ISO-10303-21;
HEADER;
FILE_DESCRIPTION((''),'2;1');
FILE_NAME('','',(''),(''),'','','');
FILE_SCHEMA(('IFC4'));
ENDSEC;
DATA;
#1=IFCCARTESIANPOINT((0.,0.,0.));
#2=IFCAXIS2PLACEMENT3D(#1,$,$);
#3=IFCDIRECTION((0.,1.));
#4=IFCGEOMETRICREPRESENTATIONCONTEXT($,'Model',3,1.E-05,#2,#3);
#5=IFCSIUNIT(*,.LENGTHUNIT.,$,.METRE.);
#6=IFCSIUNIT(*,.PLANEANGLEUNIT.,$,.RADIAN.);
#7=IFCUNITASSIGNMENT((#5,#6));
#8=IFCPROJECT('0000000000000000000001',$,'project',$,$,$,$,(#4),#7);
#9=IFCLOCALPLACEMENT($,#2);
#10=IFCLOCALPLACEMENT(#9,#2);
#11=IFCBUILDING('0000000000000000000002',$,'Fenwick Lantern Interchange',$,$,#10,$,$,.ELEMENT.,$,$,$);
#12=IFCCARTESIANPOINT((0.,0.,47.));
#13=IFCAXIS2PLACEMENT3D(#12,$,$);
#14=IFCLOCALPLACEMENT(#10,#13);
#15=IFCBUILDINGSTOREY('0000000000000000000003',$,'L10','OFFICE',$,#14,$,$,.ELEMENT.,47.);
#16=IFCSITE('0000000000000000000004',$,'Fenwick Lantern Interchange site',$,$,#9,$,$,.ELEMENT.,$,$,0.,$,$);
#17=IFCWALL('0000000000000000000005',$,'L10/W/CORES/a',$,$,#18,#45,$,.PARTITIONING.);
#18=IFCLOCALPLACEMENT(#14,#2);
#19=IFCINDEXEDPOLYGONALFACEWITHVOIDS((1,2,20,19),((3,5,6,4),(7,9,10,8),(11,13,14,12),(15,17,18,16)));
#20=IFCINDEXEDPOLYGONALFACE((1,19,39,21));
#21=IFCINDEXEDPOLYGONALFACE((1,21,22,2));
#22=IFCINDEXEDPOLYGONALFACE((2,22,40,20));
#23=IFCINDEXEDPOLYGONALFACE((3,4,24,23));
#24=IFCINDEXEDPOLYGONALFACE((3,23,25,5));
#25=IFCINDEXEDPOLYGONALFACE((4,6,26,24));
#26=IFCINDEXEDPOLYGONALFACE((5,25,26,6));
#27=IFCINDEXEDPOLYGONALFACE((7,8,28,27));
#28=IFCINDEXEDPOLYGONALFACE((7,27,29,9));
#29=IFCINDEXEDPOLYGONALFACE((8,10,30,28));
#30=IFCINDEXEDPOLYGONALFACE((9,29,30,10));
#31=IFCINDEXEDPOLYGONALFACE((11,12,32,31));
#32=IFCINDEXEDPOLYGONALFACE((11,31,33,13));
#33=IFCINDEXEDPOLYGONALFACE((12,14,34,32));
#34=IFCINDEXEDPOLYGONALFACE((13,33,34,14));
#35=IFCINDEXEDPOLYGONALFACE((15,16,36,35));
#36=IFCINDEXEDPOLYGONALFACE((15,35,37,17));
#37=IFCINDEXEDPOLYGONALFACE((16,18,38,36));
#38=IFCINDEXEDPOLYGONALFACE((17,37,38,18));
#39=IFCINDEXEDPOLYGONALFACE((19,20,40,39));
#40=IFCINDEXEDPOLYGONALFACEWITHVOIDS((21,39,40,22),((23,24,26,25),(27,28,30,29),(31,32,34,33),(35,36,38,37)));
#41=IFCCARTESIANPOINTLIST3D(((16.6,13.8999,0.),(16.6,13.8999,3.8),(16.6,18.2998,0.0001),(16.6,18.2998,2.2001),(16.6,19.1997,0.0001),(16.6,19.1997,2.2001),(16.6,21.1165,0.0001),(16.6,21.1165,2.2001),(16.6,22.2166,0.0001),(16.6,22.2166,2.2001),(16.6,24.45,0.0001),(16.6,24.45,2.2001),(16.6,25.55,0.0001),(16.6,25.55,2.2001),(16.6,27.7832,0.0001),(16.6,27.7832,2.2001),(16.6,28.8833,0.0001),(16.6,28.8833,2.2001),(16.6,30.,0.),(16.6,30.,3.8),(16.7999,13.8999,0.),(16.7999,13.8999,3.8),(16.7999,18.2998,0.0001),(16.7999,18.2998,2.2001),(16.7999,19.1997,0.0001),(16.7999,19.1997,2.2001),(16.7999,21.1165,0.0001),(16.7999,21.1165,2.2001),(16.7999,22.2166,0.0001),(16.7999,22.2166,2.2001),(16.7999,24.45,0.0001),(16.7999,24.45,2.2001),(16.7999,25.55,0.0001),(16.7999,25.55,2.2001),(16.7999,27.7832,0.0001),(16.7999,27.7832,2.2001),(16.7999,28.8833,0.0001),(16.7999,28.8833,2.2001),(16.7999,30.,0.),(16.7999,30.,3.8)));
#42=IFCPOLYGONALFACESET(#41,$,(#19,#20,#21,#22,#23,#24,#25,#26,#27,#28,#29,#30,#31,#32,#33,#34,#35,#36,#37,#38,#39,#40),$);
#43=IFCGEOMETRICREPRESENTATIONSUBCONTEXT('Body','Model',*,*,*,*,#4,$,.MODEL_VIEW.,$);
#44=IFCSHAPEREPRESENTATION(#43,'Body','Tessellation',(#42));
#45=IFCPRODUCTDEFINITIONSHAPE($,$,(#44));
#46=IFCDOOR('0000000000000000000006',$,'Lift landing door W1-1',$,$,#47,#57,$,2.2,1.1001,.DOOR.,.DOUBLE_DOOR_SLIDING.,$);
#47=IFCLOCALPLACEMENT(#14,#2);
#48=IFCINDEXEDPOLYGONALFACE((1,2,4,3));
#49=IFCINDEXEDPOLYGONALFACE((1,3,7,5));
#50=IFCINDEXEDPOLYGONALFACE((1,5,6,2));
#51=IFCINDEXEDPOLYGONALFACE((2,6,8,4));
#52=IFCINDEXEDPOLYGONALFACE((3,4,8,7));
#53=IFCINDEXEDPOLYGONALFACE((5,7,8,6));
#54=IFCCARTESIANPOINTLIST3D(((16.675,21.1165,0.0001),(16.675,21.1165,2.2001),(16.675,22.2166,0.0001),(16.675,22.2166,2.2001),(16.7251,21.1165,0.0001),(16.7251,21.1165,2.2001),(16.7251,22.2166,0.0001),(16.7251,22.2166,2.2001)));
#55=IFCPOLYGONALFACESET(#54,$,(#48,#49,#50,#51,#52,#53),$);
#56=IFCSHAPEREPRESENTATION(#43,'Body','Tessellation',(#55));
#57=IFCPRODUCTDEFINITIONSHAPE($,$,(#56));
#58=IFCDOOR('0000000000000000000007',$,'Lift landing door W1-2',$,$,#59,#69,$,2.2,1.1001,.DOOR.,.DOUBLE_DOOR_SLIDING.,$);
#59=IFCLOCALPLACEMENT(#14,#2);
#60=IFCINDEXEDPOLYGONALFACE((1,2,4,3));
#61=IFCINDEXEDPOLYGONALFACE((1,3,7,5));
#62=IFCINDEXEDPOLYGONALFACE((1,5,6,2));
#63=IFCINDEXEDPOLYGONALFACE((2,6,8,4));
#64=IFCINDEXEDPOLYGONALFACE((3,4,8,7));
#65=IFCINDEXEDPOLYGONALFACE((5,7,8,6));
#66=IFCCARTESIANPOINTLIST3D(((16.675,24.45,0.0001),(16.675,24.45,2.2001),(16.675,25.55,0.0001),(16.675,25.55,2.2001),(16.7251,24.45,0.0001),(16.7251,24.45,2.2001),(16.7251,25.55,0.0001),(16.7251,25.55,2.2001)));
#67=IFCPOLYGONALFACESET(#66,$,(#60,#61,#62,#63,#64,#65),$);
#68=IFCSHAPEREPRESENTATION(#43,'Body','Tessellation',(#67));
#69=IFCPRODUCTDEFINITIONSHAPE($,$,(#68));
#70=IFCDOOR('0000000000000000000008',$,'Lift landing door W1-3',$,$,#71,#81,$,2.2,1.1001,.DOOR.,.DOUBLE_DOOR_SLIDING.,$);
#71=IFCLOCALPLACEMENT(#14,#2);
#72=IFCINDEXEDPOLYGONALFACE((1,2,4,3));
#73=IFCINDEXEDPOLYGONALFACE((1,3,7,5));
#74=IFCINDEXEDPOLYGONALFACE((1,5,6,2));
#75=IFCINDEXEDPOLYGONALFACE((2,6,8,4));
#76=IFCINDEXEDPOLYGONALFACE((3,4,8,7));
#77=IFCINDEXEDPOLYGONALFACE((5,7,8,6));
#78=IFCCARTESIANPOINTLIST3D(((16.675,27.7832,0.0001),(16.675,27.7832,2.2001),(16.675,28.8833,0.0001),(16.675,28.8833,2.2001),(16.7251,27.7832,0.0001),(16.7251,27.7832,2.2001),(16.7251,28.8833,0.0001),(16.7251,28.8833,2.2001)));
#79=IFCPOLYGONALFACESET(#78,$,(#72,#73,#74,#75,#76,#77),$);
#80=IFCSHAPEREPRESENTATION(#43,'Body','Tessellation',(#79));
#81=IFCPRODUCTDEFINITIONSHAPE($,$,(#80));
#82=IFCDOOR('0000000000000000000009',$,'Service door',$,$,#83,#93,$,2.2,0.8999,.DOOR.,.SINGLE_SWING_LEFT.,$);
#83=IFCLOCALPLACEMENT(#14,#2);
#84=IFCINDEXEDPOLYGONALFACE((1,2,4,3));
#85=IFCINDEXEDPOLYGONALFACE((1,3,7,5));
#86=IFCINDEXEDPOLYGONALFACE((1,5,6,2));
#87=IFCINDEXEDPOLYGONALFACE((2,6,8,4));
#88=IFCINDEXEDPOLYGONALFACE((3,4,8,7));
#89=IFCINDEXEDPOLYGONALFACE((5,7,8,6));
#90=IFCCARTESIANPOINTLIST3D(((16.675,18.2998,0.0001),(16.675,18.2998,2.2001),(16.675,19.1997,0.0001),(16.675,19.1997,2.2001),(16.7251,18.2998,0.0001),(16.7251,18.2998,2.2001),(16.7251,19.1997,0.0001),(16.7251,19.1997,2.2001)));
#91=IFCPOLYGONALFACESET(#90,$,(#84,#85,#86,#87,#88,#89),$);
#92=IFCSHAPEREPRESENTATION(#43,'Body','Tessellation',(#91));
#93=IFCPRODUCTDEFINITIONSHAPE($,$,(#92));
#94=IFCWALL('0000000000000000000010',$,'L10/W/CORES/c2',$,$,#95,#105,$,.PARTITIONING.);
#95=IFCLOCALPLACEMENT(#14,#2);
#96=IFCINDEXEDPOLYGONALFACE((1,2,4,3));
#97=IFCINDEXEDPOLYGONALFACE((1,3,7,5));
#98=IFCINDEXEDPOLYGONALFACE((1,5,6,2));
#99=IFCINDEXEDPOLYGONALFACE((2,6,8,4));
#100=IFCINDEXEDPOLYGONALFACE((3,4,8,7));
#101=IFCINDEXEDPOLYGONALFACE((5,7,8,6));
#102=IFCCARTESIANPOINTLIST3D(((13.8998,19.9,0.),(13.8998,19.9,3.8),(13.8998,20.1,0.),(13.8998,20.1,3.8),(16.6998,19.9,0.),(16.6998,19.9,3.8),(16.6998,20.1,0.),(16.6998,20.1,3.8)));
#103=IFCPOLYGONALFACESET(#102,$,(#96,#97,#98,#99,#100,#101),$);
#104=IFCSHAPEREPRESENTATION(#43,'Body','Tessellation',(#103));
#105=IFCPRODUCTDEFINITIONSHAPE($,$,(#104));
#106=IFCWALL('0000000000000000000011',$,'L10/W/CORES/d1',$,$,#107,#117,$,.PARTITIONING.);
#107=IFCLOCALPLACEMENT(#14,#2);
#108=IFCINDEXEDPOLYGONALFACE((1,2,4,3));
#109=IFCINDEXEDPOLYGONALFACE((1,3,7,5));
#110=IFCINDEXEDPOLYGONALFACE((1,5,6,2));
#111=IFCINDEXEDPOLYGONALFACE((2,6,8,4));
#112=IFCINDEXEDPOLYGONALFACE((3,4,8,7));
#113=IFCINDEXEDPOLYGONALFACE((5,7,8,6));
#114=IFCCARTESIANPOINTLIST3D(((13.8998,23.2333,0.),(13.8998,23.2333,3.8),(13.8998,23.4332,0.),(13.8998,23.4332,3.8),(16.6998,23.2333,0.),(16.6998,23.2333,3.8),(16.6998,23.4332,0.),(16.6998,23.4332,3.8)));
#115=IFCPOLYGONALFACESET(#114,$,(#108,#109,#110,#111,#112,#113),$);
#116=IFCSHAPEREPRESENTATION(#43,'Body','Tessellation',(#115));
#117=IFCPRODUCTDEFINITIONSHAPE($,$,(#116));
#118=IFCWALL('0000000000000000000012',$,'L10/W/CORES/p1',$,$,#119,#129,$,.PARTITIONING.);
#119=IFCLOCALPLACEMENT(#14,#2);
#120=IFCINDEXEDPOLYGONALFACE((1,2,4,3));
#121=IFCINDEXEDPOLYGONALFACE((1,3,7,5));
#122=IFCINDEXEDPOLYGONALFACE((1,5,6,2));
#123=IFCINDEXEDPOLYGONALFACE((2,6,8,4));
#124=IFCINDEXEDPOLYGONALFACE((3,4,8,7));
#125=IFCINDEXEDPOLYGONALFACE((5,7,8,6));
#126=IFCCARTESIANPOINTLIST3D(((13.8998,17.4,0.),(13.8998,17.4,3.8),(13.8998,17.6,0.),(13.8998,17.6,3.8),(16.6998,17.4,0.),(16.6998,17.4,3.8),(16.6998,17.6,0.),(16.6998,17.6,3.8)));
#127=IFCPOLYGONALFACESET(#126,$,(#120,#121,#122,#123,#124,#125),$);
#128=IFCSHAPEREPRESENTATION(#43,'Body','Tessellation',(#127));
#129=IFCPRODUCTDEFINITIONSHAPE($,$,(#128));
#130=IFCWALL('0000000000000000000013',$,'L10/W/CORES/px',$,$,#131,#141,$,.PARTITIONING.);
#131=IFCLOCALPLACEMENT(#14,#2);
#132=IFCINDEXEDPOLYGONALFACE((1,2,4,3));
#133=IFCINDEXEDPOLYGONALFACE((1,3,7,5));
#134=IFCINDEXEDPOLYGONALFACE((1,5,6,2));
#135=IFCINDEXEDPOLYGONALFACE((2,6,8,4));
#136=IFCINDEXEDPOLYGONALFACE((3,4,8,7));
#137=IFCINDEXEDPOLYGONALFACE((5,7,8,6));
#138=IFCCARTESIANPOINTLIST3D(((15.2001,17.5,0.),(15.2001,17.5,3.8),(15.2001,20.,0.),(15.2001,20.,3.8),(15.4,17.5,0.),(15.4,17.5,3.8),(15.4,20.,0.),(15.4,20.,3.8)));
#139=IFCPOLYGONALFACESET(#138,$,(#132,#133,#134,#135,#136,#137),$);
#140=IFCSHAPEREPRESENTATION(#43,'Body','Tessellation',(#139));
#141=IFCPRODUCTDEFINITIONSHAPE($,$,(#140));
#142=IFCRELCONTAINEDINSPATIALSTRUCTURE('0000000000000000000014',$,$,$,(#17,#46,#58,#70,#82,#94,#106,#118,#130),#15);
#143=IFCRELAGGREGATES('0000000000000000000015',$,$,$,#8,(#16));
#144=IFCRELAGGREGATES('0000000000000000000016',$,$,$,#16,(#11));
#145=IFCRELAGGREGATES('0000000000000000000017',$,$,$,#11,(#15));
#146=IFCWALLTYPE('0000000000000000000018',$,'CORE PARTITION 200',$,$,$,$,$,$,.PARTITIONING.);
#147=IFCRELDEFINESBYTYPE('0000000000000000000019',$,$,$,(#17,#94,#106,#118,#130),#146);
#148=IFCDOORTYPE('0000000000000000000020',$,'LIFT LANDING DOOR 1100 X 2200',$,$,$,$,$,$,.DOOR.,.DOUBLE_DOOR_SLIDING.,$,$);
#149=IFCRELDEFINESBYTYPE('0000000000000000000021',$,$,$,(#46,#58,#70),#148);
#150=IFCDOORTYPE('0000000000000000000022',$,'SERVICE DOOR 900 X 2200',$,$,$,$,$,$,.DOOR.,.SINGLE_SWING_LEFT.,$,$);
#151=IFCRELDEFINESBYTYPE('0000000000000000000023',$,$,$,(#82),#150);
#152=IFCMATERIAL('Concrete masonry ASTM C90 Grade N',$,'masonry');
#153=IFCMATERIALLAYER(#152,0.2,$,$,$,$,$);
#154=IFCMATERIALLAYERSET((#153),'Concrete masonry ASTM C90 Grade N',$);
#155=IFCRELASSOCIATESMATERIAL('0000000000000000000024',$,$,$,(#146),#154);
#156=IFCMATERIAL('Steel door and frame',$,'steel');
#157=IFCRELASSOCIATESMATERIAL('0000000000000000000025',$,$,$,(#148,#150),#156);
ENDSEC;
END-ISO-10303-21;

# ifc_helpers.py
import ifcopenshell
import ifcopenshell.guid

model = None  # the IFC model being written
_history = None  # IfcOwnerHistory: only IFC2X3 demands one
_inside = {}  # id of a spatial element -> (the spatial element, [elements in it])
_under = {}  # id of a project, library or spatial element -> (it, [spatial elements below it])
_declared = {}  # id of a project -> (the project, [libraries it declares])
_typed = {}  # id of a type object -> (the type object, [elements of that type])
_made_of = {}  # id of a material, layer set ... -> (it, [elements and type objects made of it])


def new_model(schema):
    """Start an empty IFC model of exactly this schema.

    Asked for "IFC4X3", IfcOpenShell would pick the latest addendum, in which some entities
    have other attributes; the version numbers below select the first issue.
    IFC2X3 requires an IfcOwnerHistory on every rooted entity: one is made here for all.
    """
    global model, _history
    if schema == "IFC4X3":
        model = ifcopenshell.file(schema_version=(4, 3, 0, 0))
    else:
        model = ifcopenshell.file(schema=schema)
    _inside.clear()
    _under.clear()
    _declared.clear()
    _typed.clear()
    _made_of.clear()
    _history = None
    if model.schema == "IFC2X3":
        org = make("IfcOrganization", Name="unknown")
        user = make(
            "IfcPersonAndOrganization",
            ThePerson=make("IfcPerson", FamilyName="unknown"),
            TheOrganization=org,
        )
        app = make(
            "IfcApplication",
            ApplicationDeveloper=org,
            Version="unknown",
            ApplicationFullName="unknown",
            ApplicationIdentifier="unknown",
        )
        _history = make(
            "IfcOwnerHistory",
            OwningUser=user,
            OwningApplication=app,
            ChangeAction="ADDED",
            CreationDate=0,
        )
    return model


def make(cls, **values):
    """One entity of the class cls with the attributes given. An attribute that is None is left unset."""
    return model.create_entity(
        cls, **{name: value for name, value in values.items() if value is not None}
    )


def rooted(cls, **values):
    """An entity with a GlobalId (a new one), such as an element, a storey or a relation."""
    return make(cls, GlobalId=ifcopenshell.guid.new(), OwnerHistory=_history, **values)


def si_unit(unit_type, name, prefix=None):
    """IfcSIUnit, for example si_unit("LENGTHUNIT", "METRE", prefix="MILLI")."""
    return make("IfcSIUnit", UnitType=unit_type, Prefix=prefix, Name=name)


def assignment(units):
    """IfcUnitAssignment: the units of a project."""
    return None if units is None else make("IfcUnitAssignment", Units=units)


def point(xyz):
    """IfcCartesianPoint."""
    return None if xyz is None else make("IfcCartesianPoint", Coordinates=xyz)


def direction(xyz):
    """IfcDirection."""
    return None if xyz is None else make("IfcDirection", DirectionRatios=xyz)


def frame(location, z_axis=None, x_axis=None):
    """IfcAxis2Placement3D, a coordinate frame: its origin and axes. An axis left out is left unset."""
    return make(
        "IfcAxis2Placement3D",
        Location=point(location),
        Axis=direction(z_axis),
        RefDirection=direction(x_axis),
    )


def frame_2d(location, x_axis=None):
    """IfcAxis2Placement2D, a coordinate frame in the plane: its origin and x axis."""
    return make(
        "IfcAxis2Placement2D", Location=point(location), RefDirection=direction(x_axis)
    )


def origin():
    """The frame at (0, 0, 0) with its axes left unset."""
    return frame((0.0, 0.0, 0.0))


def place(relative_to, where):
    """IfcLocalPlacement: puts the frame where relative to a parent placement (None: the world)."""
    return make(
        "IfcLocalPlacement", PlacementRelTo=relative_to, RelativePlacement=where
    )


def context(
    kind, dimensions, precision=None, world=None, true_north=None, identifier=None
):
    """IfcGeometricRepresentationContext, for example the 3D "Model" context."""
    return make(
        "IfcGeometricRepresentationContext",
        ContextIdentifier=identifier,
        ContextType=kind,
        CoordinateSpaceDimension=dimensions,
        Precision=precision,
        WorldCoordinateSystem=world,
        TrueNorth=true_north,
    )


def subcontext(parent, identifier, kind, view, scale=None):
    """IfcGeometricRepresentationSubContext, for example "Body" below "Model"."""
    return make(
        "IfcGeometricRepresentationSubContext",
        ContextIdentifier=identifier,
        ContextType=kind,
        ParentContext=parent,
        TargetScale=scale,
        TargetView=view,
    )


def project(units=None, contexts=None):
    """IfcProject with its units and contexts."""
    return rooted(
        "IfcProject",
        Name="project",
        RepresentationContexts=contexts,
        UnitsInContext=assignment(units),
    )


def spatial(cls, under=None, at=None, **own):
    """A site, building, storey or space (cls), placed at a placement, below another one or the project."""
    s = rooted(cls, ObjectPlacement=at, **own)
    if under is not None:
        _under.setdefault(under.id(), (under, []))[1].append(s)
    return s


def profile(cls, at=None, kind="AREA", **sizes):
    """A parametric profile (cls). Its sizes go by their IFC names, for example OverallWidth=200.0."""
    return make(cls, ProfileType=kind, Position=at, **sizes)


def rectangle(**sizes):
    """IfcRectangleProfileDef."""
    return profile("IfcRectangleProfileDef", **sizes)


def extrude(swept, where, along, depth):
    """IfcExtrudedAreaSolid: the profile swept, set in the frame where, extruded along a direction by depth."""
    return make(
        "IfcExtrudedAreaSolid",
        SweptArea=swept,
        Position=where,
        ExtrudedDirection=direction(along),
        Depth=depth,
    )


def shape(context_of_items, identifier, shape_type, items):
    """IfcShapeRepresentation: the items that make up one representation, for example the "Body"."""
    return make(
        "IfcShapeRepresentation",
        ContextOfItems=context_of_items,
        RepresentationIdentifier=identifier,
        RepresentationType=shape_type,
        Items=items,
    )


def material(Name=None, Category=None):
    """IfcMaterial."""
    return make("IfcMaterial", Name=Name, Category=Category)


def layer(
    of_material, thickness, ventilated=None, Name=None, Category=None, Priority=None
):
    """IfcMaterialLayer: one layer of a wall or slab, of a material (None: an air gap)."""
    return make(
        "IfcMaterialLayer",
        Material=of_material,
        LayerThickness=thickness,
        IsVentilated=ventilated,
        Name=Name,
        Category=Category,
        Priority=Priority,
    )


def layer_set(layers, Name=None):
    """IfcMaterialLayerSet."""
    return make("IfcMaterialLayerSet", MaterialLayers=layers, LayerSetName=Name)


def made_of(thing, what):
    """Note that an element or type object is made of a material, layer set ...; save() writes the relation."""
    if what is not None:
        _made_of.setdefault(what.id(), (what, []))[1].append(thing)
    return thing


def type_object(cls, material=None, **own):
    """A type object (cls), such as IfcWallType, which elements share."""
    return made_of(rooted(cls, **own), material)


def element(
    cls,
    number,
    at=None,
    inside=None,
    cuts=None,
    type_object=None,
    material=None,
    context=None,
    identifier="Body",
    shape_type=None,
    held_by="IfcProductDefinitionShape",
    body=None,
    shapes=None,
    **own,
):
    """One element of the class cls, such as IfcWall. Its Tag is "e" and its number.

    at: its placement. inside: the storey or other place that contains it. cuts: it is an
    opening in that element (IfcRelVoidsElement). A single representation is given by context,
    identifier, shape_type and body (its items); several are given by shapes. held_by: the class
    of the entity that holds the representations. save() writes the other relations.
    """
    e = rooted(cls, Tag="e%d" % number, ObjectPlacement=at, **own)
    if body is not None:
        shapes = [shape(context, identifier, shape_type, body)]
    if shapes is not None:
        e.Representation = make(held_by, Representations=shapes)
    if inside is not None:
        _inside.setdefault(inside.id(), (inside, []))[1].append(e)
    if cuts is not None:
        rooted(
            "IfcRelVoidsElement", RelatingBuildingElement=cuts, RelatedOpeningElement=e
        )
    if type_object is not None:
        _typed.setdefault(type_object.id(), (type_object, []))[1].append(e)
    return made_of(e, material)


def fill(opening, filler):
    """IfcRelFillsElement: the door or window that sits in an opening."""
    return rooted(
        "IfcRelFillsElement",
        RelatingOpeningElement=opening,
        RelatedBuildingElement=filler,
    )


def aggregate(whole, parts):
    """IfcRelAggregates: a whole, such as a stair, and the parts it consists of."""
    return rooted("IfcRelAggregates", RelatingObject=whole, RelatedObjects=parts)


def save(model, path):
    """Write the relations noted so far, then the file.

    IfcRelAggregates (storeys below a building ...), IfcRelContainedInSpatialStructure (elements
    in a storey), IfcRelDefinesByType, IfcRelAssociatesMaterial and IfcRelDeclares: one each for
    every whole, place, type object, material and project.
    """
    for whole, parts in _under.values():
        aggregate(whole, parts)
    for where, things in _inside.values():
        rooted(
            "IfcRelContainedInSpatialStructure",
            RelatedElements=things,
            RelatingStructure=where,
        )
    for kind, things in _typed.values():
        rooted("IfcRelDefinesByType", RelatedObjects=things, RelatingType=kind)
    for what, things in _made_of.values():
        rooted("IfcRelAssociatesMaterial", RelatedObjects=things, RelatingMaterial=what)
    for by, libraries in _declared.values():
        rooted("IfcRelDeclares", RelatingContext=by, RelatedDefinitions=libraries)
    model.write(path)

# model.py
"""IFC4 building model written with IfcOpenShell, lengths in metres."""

from ifc_helpers import new_model, si_unit, direction, frame, frame_2d, origin, place, context, subcontext, project, spatial, rectangle, extrude, material, layer, layer_set, type_object, element, fill, save


model = new_model("IFC4")

# Units and contexts
model_context = context("Model", 3, precision=1e-05, world=origin(), true_north=direction((0.0, 1.0)))
body_context = subcontext(model_context, "Body", "Model", "MODEL_VIEW")
ifc_project = project(units=[si_unit("LENGTHUNIT", "METRE"), si_unit("PLANEANGLEUNIT", "RADIAN")], contexts=[model_context])

# Site, building, storey
site_placement = place(None, origin())
site = spatial("IfcSite", under=ifc_project, at=site_placement, Name="Fenwick Lantern Interchange site", CompositionType="ELEMENT", RefElevation=0.0)
building_placement = place(site_placement, origin())
building = spatial("IfcBuilding", under=site, at=building_placement, Name="Fenwick Lantern Interchange", CompositionType="ELEMENT")
storey_placement = place(building_placement, frame((0.0, 0.0, 47.0)))
storey = spatial("IfcBuildingStorey", under=building, at=storey_placement, Name="L10", Description="OFFICE", CompositionType="ELEMENT", Elevation=47.0)

# Wall, openings, doors
ifc_material_1 = material(Name="Concrete masonry ASTM C90 Grade N", Category="masonry")
ifc_layer_1 = layer(ifc_material_1, 0.2)
ifc_layer_set_1 = layer_set([ifc_layer_1], Name="Concrete masonry ASTM C90 Grade N")
wall_type_1 = type_object("IfcWallType", Name="CORE PARTITION 200", PredefinedType="PARTITIONING", material=ifc_layer_set_1)
wall_1_placement = place(storey_placement, frame((16.7, 13.8999, 0.0), z_axis=(0.0, 0.0, 1.0), x_axis=(0.0, 1.0, 0.0)))
wall_1 = element("IfcWall", 1, at=wall_1_placement, inside=storey, type_object=wall_type_1, Name="L10/W/CORES/a", PredefinedType="PARTITIONING", context=body_context, shape_type="SweptSolid", body=[
    extrude(rectangle(XDim=16.1001, YDim=0.2, at=frame_2d((8.05, 0.0))), origin(), (0.0, 0.0, 1.0), 3.8),
])
opening_1_placement = place(wall_1_placement, frame((4.3999, 0.0, 0.0)))
opening_1 = element("IfcOpeningElement", 2, at=opening_1_placement, cuts=wall_1, PredefinedType="OPENING", context=body_context, shape_type="SweptSolid", body=[
    extrude(rectangle(XDim=0.8999, YDim=2.2, at=frame_2d((0.45, 1.1001))), frame((0.0, 0.1099, 0.0), z_axis=(0.0, -1.0, 0.0), x_axis=(1.0, 0.0, 0.0)), (0.0, 0.0, 1.0), 0.22),
])
opening_2_placement = place(wall_1_placement, frame((7.2166, 0.0, 0.0)))
opening_2 = element("IfcOpeningElement", 3, at=opening_2_placement, cuts=wall_1, PredefinedType="OPENING", context=body_context, shape_type="SweptSolid", body=[
    extrude(rectangle(XDim=1.1001, YDim=2.2, at=frame_2d((0.55, 1.1001))), frame((0.0, 0.1099, 0.0), z_axis=(0.0, -1.0, 0.0), x_axis=(1.0, 0.0, 0.0)), (0.0, 0.0, 1.0), 0.22),
])
opening_3_placement = place(wall_1_placement, frame((10.55, 0.0, 0.0)))
opening_3 = element("IfcOpeningElement", 4, at=opening_3_placement, cuts=wall_1, PredefinedType="OPENING", context=body_context, shape_type="SweptSolid", body=[
    extrude(rectangle(XDim=1.1001, YDim=2.2, at=frame_2d((0.55, 1.1001))), frame((0.0, 0.1099, 0.0), z_axis=(0.0, -1.0, 0.0), x_axis=(1.0, 0.0, 0.0)), (0.0, 0.0, 1.0), 0.22),
])
opening_4_placement = place(wall_1_placement, frame((13.8833, 0.0, 0.0)))
opening_4 = element("IfcOpeningElement", 5, at=opening_4_placement, cuts=wall_1, PredefinedType="OPENING", context=body_context, shape_type="SweptSolid", body=[
    extrude(rectangle(XDim=1.1001, YDim=2.2, at=frame_2d((0.55, 1.1001))), frame((0.0, 0.1099, 0.0), z_axis=(0.0, -1.0, 0.0), x_axis=(1.0, 0.0, 0.0)), (0.0, 0.0, 1.0), 0.22),
])
ifc_material_2 = material(Name="Steel door and frame", Category="steel")
door_type_1 = type_object("IfcDoorType", Name="LIFT LANDING DOOR 1100 X 2200", OperationType="DOUBLE_DOOR_SLIDING", PredefinedType="DOOR", material=ifc_material_2)
door_1_placement = place(opening_2_placement, origin())
door_1 = element("IfcDoor", 6, at=door_1_placement, inside=storey, type_object=door_type_1, Name="Lift landing door W1-1", OperationType="DOUBLE_DOOR_SLIDING", OverallHeight=2.2, OverallWidth=1.1001, PredefinedType="DOOR", context=body_context, shape_type="SweptSolid", body=[
    extrude(rectangle(XDim=1.1001, YDim=2.2, at=frame_2d((0.55, 1.1001))), frame((0.0, 0.0249, 0.0), z_axis=(0.0, -1.0, 0.0), x_axis=(1.0, 0.0, 0.0)), (0.0, 0.0, 1.0), 0.05),
])
fill(opening_2, door_1)
door_2_placement = place(opening_3_placement, origin())
door_2 = element("IfcDoor", 7, at=door_2_placement, inside=storey, type_object=door_type_1, Name="Lift landing door W1-2", OperationType="DOUBLE_DOOR_SLIDING", OverallHeight=2.2, OverallWidth=1.1001, PredefinedType="DOOR", context=body_context, shape_type="SweptSolid", body=[
    extrude(rectangle(XDim=1.1001, YDim=2.2, at=frame_2d((0.55, 1.1001))), frame((0.0, 0.0249, 0.0), z_axis=(0.0, -1.0, 0.0), x_axis=(1.0, 0.0, 0.0)), (0.0, 0.0, 1.0), 0.05),
])
fill(opening_3, door_2)
door_3_placement = place(opening_4_placement, origin())
door_3 = element("IfcDoor", 8, at=door_3_placement, inside=storey, type_object=door_type_1, Name="Lift landing door W1-3", OperationType="DOUBLE_DOOR_SLIDING", OverallHeight=2.2, OverallWidth=1.1001, PredefinedType="DOOR", context=body_context, shape_type="SweptSolid", body=[
    extrude(rectangle(XDim=1.1001, YDim=2.2, at=frame_2d((0.55, 1.1001))), frame((0.0, 0.0249, 0.0), z_axis=(0.0, -1.0, 0.0), x_axis=(1.0, 0.0, 0.0)), (0.0, 0.0, 1.0), 0.05),
])
fill(opening_4, door_3)
door_type_2 = type_object("IfcDoorType", Name="SERVICE DOOR 900 X 2200", OperationType="SINGLE_SWING_LEFT", PredefinedType="DOOR", material=ifc_material_2)
door_4_placement = place(opening_1_placement, origin())
door_4 = element("IfcDoor", 9, at=door_4_placement, inside=storey, type_object=door_type_2, Name="Service door", OperationType="SINGLE_SWING_LEFT", OverallHeight=2.2, OverallWidth=0.8999, PredefinedType="DOOR", context=body_context, shape_type="SweptSolid", body=[
    extrude(rectangle(XDim=0.8999, YDim=2.2, at=frame_2d((0.45, 1.1001))), frame((0.0, 0.0249, 0.0), z_axis=(0.0, -1.0, 0.0), x_axis=(1.0, 0.0, 0.0)), (0.0, 0.0, 1.0), 0.05),
])
fill(opening_1, door_4)

# Walls
for number, where, z_axis, x_axis, name in (
    (10, (13.8999, 20.0, 0.0), (0.0, 0.0, 1.0), (1.0, 0.0, 0.0), "L10/W/CORES/c2"),
    (11, (13.8999, 23.3333, 0.0), (0.0, 0.0, 1.0), (1.0, 0.0, 0.0), "L10/W/CORES/d1"),
    (12, (13.8999, 17.5, 0.0), (0.0, 0.0, 1.0), (1.0, 0.0, 0.0), "L10/W/CORES/p1"),
):
    element("IfcWall", number, at=place(storey_placement, frame(where, z_axis=z_axis, x_axis=x_axis)), inside=storey, type_object=wall_type_1, Name=name, PredefinedType="PARTITIONING", context=body_context, shape_type="SweptSolid", body=[
        extrude(rectangle(XDim=2.8, YDim=0.2, at=frame_2d((1.3999, 0.0))), origin(), (0.0, 0.0, 1.0), 3.8),
    ])
wall_2_placement = place(storey_placement, frame((15.3, 17.5, 0.0), z_axis=(0.0, 0.0, 1.0), x_axis=(0.0, 1.0, 0.0)))
element("IfcWall", 13, at=wall_2_placement, inside=storey, type_object=wall_type_1, Name="L10/W/CORES/px", PredefinedType="PARTITIONING", context=body_context, shape_type="SweptSolid", body=[
    extrude(rectangle(XDim=2.5, YDim=0.2, at=frame_2d((1.25, 0.0))), origin(), (0.0, 0.0, 1.0), 3.8),
])

save(model, "model.ifc")
